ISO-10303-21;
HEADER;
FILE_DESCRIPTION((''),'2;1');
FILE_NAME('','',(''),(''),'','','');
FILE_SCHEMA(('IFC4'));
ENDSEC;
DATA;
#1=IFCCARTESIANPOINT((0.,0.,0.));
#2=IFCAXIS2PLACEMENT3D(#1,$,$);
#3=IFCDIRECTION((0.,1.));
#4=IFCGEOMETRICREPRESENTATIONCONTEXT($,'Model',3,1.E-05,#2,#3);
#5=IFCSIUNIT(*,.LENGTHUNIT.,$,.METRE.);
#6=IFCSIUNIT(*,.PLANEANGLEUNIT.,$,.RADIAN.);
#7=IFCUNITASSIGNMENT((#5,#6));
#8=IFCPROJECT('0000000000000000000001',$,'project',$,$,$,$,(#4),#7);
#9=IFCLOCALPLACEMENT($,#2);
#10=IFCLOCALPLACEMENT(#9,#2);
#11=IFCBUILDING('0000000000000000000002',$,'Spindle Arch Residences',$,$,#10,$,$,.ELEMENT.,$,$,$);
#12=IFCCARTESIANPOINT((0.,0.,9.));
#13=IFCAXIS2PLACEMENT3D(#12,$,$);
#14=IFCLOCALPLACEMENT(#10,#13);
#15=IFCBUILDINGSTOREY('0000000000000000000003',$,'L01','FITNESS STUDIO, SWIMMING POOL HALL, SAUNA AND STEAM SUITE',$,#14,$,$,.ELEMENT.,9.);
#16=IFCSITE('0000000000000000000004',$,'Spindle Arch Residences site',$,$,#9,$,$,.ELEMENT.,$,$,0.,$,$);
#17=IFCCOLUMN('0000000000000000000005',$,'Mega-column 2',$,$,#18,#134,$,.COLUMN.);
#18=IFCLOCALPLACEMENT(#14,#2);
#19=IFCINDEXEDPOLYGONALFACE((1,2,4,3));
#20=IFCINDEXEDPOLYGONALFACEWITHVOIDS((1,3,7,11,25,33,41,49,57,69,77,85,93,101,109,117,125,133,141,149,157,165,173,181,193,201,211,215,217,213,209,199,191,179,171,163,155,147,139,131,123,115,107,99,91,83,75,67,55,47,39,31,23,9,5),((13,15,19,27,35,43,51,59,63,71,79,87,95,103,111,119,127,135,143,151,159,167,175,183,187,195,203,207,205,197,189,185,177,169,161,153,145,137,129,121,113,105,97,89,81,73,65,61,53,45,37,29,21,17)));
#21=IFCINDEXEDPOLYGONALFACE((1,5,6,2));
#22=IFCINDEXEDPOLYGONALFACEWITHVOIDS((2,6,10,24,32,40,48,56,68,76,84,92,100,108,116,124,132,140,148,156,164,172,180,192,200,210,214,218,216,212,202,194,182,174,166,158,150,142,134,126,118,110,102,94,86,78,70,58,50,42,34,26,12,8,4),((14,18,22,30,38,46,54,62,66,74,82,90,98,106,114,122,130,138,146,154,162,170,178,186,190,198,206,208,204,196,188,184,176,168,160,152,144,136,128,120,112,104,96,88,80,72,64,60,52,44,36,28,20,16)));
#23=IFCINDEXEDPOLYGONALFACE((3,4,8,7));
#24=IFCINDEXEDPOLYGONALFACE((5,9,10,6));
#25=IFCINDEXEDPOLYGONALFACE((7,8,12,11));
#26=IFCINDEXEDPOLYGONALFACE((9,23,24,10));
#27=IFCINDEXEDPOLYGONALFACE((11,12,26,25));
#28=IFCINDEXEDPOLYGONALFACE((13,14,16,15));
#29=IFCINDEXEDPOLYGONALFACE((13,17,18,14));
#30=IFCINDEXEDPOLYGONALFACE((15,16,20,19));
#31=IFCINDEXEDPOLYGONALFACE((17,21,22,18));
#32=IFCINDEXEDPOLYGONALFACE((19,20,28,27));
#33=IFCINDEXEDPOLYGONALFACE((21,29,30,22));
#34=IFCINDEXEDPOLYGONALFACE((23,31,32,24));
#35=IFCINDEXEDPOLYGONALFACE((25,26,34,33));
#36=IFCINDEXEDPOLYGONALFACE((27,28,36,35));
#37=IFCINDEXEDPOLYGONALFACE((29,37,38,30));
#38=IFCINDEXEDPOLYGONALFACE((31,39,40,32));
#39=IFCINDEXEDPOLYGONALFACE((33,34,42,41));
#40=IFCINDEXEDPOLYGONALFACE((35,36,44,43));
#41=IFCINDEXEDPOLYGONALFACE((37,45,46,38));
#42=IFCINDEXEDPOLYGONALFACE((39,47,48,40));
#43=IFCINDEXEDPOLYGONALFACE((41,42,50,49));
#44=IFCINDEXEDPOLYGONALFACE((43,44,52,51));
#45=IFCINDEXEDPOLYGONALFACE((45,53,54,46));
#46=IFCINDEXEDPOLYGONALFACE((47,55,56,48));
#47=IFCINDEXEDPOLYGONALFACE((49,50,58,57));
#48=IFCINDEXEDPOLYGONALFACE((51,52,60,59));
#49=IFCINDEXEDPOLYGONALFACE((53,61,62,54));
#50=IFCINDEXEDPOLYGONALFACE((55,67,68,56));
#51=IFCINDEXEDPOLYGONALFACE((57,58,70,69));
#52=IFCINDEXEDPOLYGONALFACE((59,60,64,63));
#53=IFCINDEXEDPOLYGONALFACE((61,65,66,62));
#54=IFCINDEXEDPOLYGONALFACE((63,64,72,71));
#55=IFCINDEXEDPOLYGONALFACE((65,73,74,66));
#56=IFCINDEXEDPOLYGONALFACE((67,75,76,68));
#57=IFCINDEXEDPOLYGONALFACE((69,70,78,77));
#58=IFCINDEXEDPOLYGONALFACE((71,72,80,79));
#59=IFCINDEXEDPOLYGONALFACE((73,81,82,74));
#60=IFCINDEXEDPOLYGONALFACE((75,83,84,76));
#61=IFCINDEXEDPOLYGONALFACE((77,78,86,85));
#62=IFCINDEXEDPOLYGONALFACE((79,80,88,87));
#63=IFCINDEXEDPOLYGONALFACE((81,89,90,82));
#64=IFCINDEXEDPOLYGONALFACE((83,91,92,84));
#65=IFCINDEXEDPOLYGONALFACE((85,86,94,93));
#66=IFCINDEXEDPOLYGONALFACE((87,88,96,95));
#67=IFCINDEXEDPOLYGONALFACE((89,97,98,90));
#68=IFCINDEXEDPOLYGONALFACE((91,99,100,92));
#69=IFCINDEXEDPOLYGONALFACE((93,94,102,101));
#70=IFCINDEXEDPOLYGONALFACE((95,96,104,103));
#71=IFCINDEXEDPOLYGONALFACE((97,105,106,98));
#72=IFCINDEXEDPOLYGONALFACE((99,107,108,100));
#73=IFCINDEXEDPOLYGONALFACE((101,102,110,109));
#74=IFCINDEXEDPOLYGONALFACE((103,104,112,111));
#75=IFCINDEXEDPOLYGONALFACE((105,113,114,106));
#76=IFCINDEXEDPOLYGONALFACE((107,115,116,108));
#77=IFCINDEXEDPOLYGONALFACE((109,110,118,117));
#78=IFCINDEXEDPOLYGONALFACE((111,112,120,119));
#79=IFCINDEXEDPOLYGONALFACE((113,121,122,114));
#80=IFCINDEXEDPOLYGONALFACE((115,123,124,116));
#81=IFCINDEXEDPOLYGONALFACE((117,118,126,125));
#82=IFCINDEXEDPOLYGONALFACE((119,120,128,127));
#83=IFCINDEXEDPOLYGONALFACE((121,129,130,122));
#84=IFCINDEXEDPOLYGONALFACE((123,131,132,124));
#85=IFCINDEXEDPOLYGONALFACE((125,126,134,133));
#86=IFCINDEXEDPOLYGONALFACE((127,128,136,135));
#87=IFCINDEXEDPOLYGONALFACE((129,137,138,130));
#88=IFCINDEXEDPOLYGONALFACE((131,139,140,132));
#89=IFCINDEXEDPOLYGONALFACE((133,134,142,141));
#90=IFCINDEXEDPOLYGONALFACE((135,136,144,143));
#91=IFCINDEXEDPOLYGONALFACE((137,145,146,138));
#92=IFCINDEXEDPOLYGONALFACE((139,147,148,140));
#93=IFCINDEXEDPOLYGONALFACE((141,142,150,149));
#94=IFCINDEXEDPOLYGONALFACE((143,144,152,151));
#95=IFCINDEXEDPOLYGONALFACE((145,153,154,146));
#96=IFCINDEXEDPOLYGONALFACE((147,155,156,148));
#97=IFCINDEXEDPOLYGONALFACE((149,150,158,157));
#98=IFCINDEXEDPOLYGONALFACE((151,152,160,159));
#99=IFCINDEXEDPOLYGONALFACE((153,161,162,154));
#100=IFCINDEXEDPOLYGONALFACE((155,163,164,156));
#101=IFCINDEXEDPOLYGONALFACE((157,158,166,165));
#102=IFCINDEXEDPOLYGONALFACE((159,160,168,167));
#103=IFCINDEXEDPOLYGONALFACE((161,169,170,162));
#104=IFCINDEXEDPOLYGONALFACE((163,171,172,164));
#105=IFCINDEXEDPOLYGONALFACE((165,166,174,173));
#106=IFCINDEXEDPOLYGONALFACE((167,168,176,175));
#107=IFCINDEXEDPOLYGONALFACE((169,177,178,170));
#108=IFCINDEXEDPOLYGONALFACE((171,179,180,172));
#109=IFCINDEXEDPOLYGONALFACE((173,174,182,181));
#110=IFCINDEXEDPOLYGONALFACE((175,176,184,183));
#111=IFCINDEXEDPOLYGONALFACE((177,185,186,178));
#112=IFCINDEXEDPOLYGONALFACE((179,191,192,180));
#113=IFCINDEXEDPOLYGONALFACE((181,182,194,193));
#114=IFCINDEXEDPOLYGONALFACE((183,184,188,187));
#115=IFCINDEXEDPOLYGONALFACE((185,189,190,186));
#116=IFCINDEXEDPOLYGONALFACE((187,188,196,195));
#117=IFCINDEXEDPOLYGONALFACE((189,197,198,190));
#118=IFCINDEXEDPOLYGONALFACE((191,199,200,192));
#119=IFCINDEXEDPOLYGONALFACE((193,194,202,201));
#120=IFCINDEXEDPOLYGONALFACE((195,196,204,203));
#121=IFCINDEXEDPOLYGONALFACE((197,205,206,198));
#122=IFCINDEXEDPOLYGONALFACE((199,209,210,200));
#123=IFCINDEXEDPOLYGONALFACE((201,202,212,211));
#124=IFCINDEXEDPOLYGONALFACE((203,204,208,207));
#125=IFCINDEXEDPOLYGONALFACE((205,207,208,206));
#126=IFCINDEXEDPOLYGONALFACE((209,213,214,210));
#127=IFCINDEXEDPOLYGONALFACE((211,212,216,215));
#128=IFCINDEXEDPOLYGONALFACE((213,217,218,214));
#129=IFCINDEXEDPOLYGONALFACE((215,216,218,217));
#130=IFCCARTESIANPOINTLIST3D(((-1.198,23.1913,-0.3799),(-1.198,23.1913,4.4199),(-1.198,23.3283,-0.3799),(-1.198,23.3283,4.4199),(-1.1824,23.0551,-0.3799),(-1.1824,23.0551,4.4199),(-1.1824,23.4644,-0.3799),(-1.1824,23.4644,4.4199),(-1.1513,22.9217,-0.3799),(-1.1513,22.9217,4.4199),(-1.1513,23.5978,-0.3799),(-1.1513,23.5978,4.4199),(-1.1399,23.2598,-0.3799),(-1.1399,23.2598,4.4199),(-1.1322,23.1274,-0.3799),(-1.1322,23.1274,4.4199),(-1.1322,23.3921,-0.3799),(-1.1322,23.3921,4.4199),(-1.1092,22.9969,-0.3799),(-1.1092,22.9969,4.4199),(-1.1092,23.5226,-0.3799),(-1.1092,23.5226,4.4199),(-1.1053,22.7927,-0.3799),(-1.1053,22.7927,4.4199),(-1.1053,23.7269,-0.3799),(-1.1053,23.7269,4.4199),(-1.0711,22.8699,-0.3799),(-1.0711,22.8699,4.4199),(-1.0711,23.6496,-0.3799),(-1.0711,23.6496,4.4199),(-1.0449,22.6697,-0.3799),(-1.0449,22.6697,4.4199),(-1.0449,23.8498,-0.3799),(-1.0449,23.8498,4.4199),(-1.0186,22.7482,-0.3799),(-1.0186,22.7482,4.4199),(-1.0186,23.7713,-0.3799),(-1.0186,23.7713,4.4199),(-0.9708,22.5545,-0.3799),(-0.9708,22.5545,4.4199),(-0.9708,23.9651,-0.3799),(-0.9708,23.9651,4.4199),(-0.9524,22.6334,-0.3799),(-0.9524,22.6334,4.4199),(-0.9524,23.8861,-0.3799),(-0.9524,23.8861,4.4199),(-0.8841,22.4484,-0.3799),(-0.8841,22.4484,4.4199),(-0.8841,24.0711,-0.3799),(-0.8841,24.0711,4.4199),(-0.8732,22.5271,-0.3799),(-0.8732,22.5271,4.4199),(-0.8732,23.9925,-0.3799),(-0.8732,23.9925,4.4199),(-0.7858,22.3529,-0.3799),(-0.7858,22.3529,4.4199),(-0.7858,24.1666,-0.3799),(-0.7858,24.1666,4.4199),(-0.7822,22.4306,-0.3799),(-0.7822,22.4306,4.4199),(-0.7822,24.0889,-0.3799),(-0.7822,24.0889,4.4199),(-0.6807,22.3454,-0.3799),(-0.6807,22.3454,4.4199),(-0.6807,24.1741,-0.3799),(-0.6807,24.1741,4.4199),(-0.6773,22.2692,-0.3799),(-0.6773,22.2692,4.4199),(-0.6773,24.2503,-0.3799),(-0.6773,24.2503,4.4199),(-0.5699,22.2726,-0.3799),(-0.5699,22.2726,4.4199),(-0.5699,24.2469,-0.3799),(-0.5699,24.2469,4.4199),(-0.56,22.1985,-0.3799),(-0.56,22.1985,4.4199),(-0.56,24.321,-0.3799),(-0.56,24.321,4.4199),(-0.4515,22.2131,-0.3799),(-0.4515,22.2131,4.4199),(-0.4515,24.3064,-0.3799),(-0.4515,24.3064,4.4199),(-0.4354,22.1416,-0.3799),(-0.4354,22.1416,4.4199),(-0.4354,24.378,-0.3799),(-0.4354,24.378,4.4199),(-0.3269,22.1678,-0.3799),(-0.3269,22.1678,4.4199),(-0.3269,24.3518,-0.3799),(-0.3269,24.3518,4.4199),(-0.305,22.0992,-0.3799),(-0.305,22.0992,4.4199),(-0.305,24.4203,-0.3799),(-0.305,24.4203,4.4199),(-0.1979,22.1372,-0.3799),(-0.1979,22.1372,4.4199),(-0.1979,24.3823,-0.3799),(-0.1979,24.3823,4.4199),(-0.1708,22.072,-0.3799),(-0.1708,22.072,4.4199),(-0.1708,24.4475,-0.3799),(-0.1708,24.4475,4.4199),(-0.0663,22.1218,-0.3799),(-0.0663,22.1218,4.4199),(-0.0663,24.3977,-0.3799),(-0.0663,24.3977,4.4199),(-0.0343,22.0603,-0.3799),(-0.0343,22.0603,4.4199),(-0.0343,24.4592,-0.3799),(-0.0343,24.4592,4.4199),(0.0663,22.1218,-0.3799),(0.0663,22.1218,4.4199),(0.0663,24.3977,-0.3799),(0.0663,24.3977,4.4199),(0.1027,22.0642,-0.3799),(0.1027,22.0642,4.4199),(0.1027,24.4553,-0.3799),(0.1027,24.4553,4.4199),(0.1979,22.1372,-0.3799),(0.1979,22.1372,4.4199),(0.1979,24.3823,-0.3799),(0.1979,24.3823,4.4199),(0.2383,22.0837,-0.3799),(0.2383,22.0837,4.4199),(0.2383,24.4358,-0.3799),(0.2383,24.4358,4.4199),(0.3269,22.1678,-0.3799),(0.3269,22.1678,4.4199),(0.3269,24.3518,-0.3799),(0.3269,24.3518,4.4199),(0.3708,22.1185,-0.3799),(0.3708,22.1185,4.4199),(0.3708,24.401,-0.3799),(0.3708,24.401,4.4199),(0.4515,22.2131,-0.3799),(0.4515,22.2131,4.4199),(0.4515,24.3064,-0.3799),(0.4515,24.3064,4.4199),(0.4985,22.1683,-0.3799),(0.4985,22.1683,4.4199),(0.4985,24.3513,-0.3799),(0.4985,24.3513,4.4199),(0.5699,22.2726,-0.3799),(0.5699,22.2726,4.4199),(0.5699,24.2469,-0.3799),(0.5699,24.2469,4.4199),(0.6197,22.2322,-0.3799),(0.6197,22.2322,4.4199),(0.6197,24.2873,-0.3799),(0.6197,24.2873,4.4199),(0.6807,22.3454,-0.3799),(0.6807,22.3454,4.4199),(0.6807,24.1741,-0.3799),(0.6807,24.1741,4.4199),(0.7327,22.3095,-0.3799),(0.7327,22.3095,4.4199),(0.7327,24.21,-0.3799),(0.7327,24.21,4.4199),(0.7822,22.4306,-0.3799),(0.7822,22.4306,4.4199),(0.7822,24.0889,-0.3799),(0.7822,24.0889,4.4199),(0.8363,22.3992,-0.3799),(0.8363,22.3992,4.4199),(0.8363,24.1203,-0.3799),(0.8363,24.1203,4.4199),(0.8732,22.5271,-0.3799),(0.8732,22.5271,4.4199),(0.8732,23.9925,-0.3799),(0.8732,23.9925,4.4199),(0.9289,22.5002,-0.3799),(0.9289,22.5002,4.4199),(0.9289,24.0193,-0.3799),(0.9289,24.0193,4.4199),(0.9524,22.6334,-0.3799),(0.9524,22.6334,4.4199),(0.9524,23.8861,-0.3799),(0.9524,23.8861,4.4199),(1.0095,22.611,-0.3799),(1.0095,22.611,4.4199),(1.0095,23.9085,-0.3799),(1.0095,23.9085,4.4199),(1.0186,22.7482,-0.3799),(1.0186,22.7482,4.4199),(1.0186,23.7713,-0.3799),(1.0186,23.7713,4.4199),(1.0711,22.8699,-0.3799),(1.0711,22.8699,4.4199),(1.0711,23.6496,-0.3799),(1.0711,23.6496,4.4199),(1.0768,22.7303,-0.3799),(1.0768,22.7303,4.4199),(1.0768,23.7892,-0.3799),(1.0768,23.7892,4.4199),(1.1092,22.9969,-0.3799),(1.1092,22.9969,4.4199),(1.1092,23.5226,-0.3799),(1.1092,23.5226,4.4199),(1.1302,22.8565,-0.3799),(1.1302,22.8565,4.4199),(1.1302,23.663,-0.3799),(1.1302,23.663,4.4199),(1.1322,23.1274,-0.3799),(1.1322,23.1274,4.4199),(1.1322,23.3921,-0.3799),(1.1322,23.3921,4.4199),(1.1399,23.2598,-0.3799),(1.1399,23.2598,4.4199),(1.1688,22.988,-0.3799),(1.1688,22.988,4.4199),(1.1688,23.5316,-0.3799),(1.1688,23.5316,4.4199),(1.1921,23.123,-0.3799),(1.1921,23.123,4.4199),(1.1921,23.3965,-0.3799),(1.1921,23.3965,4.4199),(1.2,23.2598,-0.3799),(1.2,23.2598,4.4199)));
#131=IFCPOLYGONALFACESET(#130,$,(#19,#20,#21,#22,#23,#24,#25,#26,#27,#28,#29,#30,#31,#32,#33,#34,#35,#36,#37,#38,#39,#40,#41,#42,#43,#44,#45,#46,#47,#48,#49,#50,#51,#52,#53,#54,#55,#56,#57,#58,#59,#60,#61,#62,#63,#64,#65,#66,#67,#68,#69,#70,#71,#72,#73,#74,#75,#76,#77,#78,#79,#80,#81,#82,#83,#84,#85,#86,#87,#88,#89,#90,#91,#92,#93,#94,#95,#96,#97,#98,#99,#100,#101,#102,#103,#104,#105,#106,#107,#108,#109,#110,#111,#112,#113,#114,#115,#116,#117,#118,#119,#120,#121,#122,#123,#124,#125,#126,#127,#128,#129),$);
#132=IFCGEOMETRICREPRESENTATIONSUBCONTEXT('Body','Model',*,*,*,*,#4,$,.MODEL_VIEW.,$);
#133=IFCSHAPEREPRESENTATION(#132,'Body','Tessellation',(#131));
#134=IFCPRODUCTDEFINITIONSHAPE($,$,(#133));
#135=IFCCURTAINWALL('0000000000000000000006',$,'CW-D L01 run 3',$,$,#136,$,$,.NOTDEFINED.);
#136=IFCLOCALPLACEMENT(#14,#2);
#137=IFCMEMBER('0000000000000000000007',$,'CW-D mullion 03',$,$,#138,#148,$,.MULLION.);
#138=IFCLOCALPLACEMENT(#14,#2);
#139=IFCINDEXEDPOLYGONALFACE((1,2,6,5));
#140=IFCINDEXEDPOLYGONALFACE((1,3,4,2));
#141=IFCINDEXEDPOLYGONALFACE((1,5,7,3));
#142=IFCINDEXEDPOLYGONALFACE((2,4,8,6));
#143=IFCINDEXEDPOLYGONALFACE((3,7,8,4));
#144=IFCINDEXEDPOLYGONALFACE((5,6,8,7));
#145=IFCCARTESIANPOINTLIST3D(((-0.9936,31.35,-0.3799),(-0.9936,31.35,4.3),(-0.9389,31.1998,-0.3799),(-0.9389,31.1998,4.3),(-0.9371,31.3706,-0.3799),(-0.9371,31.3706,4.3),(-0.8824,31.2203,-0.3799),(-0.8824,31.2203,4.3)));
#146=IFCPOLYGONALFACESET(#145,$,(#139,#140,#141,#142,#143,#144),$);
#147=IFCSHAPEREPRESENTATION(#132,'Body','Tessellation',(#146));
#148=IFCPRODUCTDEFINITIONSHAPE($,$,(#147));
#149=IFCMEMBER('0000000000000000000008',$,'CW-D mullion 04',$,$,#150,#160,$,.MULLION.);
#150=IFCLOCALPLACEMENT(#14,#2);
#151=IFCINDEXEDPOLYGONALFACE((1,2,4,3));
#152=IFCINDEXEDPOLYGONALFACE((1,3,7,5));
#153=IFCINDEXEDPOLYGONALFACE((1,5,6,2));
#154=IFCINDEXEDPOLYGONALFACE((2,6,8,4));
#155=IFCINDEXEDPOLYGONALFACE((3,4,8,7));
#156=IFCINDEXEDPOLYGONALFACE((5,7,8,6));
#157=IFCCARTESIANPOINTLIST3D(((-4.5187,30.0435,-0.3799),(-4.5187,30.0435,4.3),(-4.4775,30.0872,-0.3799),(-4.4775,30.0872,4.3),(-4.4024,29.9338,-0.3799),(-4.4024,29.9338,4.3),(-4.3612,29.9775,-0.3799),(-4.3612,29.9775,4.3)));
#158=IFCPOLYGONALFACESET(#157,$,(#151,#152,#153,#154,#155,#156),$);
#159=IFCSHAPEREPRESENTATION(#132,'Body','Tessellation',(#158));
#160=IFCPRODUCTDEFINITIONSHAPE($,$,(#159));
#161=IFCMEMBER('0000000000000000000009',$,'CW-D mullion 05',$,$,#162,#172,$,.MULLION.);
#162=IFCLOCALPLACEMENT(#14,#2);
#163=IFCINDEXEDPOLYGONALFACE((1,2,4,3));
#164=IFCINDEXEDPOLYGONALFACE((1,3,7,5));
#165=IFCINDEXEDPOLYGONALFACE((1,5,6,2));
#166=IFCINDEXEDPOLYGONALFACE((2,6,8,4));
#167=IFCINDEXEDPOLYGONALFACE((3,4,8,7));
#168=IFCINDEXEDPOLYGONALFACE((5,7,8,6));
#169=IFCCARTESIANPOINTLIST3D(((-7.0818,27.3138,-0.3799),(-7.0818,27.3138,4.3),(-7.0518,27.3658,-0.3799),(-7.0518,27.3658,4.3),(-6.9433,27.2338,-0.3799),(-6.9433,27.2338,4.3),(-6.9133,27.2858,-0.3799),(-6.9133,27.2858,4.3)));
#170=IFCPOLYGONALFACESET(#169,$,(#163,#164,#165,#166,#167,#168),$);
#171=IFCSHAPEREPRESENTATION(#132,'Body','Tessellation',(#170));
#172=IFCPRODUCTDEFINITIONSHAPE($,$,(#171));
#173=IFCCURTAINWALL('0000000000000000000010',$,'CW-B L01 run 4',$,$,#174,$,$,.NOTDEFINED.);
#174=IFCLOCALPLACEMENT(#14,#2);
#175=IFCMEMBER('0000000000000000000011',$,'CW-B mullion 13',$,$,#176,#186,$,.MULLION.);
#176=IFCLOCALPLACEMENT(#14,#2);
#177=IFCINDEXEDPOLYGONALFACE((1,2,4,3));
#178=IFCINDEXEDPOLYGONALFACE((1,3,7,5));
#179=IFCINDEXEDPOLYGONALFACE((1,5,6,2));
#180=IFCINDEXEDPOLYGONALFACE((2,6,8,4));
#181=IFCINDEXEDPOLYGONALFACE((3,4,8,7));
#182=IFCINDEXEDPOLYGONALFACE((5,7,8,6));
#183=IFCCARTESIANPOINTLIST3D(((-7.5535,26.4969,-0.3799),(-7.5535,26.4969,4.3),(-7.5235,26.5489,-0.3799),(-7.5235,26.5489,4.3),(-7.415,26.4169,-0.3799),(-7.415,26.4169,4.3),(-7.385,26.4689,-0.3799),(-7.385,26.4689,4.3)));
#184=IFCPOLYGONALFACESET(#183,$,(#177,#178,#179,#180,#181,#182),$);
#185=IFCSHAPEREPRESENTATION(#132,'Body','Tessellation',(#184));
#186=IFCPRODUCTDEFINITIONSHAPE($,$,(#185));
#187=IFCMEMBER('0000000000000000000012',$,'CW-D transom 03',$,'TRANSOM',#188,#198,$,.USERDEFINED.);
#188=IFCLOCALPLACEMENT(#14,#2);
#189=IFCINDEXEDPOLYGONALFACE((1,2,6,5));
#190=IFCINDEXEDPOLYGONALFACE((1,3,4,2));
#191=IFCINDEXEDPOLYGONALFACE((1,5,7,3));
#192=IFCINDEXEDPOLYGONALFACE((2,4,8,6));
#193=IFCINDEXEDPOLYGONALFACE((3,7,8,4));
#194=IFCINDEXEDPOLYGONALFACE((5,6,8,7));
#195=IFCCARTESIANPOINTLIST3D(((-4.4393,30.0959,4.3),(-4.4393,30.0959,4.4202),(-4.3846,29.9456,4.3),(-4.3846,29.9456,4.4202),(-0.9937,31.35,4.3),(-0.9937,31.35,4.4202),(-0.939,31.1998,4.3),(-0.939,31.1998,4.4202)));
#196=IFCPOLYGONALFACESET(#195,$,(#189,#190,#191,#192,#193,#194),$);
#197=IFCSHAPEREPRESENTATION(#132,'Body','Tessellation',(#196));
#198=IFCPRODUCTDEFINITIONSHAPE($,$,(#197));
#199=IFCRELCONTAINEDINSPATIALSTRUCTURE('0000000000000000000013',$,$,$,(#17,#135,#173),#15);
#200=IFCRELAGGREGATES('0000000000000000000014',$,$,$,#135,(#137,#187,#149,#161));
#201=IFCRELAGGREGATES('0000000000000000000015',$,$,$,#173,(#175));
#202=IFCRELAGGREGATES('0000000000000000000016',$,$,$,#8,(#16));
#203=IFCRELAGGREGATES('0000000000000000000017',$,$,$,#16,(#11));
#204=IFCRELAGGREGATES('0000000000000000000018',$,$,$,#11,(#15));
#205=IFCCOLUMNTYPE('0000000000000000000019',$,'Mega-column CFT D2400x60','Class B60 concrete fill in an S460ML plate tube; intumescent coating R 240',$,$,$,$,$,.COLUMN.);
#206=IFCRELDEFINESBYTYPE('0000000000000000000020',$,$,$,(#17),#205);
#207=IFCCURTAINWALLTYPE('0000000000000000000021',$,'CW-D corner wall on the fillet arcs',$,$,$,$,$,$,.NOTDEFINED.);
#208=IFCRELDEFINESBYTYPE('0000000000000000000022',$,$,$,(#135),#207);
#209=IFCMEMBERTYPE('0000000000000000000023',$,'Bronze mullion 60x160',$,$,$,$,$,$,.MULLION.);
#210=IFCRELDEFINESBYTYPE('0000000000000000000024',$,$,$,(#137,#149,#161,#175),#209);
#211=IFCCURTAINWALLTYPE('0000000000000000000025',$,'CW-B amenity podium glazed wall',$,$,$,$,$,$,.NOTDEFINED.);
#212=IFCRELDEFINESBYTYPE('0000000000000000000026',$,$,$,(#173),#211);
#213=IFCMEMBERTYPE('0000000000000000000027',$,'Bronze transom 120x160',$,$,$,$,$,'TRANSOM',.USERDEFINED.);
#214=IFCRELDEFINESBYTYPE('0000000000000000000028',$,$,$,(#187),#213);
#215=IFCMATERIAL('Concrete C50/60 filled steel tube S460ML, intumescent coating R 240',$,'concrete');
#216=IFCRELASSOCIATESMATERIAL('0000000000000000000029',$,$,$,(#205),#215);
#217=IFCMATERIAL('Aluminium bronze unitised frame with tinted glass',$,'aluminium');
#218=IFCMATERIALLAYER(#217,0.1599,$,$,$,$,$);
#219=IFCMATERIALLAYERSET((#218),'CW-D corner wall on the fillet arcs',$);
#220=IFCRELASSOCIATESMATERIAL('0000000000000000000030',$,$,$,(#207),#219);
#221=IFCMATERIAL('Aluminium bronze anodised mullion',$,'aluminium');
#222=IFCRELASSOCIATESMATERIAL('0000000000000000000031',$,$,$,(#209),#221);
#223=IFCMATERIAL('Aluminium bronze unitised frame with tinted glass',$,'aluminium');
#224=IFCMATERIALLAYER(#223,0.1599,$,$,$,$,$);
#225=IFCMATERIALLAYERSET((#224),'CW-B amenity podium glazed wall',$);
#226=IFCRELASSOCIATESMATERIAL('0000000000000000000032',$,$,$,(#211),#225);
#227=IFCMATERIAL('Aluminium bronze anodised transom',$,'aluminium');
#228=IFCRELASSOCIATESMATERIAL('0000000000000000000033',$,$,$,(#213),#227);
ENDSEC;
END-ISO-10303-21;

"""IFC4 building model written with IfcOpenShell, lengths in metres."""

from ifc_helpers import new_model, si_unit, direction, frame, origin, origin_2d, place, context, subcontext, project, spatial, rectangle, hollow_circle, extrude, material, layer, layer_set, material_profile, profile_set, type_object, element, aggregate, save


model = new_model("IFC4")

# Units and contexts
model_context = context("Model", 3, precision=1e-05, world=origin(), true_north=direction((0.0, 1.0)))
body_context = subcontext(model_context, "Body", "Model", "MODEL_VIEW")
ifc_project = project(units=[si_unit("LENGTHUNIT", "METRE"), si_unit("PLANEANGLEUNIT", "RADIAN")], contexts=[model_context])

# Site, building, storey
site_placement = place(None, origin())
site = spatial("IfcSite", under=ifc_project, at=site_placement, Name="Spindle Arch Residences site", CompositionType="ELEMENT", RefElevation=0.0)
building_placement = place(site_placement, origin())
building = spatial("IfcBuilding", under=site, at=building_placement, Name="Spindle Arch Residences", CompositionType="ELEMENT")
storey_placement = place(building_placement, frame((0.0, 0.0, 9.0)))
storey = spatial("IfcBuildingStorey", under=building, at=storey_placement, Name="L01", Description="FITNESS STUDIO, SWIMMING POOL HALL, SAUNA AND STEAM SUITE", CompositionType="ELEMENT", Elevation=9.0)

# Column
ifc_material_1 = material(Name="Concrete C50/60 filled steel tube S460ML, intumescent coating R 240", Category="concrete")
ifc_material_profile_1 = material_profile(ifc_material_1, hollow_circle(Radius=1.2, WallThickness=0.0601, at=origin_2d()), Name="CFT D2400x60")
ifc_profile_set_1 = profile_set([ifc_material_profile_1], Name="Concrete C50/60 filled steel tube S460ML, intumescent coating R 240")
column_type_1 = type_object("IfcColumnType", Name="Mega-column CFT D2400x60", Description="Class B60 concrete fill in an S460ML plate tube; intumescent coating R 240", PredefinedType="COLUMN", material=ifc_profile_set_1)
column_placement = place(storey_placement, frame((0.0, 23.2598, -0.3799), z_axis=(0.0, 0.0, 1.0), x_axis=(1.0, 0.0, 0.0)))
element("IfcColumn", 1, at=column_placement, inside=storey, type_object=column_type_1, Name="Mega-column 2", PredefinedType="COLUMN", context=body_context, shape_type="SweptSolid", body=[
    extrude(hollow_circle(Radius=1.2, WallThickness=0.0601, at=origin_2d()), origin(), (0.0, 0.0, 1.0), 4.7998),
])

# Curtain wall, members
ifc_material_2 = material(Name="Aluminium bronze unitised frame with tinted glass", Category="aluminium")
ifc_layer_1 = layer(ifc_material_2, 0.1599)
ifc_layer_set_1 = layer_set([ifc_layer_1], Name="CW-D corner wall on the fillet arcs")
curtain_wall_type_1 = type_object("IfcCurtainWallType", Name="CW-D corner wall on the fillet arcs", PredefinedType="NOTDEFINED", material=ifc_layer_set_1)
curtain_wall_1_placement = place(storey_placement, origin())
curtain_wall_1 = element("IfcCurtainWall", 2, at=curtain_wall_1_placement, inside=storey, type_object=curtain_wall_type_1, Name="CW-D L01 run 3", PredefinedType="NOTDEFINED")
ifc_material_3 = material(Name="Aluminium bronze anodised mullion", Category="aluminium")
ifc_material_profile_2 = material_profile(ifc_material_3, rectangle(XDim=0.1599, YDim=0.0601, at=origin_2d()), Name="MU 60x160")
ifc_profile_set_2 = profile_set([ifc_material_profile_2], Name="Aluminium bronze anodised mullion")
member_type_1 = type_object("IfcMemberType", Name="Bronze mullion 60x160", PredefinedType="MULLION", material=ifc_profile_set_2)
member_1_placement = place(storey_placement, frame((-0.938, 31.2852, -0.3799), z_axis=(0.0, 0.0, 1.0), x_axis=(0.34202, -0.939693, 0.0)))
member_1 = element("IfcMember", 3, at=member_1_placement, type_object=member_type_1, Name="CW-D mullion 03", PredefinedType="MULLION", context=body_context, shape_type="SweptSolid", body=[
    extrude(rectangle(XDim=0.1599, YDim=0.0601, at=origin_2d()), origin(), (0.0, 0.0, 1.0), 4.6799),
])
member_2_placement = place(storey_placement, frame((-4.4399, 30.0105, -0.3799), z_axis=(0.0, 0.0, 1.0), x_axis=(0.727374, -0.686242, 0.0)))
member_2 = element("IfcMember", 4, at=member_2_placement, type_object=member_type_1, Name="CW-D mullion 04", PredefinedType="MULLION", context=body_context, shape_type="SweptSolid", body=[
    extrude(rectangle(XDim=0.1599, YDim=0.0601, at=origin_2d()), origin(), (0.0, 0.0, 1.0), 4.6799),
])
member_3_placement = place(storey_placement, frame((-6.9976, 27.2998, -0.3799), z_axis=(0.0, 0.0, 1.0), x_axis=(0.866025, -0.5, 0.0)))
member_3 = element("IfcMember", 5, at=member_3_placement, type_object=member_type_1, Name="CW-D mullion 05", PredefinedType="MULLION", context=body_context, shape_type="SweptSolid", body=[
    extrude(rectangle(XDim=0.1599, YDim=0.0601, at=origin_2d()), origin(), (0.0, 0.0, 1.0), 4.6799),
])

# Curtain wall, member
ifc_material_4 = material(Name="Aluminium bronze unitised frame with tinted glass", Category="aluminium")
ifc_layer_2 = layer(ifc_material_4, 0.1599)
ifc_layer_set_2 = layer_set([ifc_layer_2], Name="CW-B amenity podium glazed wall")
curtain_wall_type_2 = type_object("IfcCurtainWallType", Name="CW-B amenity podium glazed wall", PredefinedType="NOTDEFINED", material=ifc_layer_set_2)
curtain_wall_2_placement = place(storey_placement, origin())
curtain_wall_2 = element("IfcCurtainWall", 6, at=curtain_wall_2_placement, inside=storey, type_object=curtain_wall_type_2, Name="CW-B L01 run 4", PredefinedType="NOTDEFINED")
member_4_placement = place(storey_placement, frame((-7.4692, 26.4829, -0.3799), z_axis=(0.0, 0.0, 1.0), x_axis=(0.866025, -0.5, 0.0)))
member_4 = element("IfcMember", 7, at=member_4_placement, type_object=member_type_1, Name="CW-B mullion 13", PredefinedType="MULLION", context=body_context, shape_type="SweptSolid", body=[
    extrude(rectangle(XDim=0.1599, YDim=0.0601, at=origin_2d()), origin(), (0.0, 0.0, 1.0), 4.6799),
])

# Member
ifc_material_5 = material(Name="Aluminium bronze anodised transom", Category="aluminium")
ifc_material_profile_3 = material_profile(ifc_material_5, rectangle(XDim=0.1599, YDim=0.1201, at=origin_2d()), Name="TR 120x160")
ifc_profile_set_3 = profile_set([ifc_material_profile_3], Name="Aluminium bronze anodised transom")
member_type_2 = type_object("IfcMemberType", Name="Bronze transom 120x160", ElementType="TRANSOM", PredefinedType="USERDEFINED", material=ifc_profile_set_3)
member_5_placement = place(storey_placement, frame((-0.9663, 31.2749, 4.3601), z_axis=(-0.939686, -0.342037, 0.0), x_axis=(0.342037, -0.939686, 0.0)))
member_5 = element("IfcMember", 8, at=member_5_placement, type_object=member_type_2, Name="CW-D transom 03", ObjectType="TRANSOM", PredefinedType="USERDEFINED", context=body_context, shape_type="SweptSolid", body=[
    extrude(rectangle(XDim=0.1599, YDim=0.1201, at=origin_2d()), origin(), (0.0, 0.0, 1.0), 3.6667),
])

aggregate(curtain_wall_1, [member_1, member_5, member_2, member_3])
aggregate(curtain_wall_2, [member_4])

save(model, "model.ifc")
